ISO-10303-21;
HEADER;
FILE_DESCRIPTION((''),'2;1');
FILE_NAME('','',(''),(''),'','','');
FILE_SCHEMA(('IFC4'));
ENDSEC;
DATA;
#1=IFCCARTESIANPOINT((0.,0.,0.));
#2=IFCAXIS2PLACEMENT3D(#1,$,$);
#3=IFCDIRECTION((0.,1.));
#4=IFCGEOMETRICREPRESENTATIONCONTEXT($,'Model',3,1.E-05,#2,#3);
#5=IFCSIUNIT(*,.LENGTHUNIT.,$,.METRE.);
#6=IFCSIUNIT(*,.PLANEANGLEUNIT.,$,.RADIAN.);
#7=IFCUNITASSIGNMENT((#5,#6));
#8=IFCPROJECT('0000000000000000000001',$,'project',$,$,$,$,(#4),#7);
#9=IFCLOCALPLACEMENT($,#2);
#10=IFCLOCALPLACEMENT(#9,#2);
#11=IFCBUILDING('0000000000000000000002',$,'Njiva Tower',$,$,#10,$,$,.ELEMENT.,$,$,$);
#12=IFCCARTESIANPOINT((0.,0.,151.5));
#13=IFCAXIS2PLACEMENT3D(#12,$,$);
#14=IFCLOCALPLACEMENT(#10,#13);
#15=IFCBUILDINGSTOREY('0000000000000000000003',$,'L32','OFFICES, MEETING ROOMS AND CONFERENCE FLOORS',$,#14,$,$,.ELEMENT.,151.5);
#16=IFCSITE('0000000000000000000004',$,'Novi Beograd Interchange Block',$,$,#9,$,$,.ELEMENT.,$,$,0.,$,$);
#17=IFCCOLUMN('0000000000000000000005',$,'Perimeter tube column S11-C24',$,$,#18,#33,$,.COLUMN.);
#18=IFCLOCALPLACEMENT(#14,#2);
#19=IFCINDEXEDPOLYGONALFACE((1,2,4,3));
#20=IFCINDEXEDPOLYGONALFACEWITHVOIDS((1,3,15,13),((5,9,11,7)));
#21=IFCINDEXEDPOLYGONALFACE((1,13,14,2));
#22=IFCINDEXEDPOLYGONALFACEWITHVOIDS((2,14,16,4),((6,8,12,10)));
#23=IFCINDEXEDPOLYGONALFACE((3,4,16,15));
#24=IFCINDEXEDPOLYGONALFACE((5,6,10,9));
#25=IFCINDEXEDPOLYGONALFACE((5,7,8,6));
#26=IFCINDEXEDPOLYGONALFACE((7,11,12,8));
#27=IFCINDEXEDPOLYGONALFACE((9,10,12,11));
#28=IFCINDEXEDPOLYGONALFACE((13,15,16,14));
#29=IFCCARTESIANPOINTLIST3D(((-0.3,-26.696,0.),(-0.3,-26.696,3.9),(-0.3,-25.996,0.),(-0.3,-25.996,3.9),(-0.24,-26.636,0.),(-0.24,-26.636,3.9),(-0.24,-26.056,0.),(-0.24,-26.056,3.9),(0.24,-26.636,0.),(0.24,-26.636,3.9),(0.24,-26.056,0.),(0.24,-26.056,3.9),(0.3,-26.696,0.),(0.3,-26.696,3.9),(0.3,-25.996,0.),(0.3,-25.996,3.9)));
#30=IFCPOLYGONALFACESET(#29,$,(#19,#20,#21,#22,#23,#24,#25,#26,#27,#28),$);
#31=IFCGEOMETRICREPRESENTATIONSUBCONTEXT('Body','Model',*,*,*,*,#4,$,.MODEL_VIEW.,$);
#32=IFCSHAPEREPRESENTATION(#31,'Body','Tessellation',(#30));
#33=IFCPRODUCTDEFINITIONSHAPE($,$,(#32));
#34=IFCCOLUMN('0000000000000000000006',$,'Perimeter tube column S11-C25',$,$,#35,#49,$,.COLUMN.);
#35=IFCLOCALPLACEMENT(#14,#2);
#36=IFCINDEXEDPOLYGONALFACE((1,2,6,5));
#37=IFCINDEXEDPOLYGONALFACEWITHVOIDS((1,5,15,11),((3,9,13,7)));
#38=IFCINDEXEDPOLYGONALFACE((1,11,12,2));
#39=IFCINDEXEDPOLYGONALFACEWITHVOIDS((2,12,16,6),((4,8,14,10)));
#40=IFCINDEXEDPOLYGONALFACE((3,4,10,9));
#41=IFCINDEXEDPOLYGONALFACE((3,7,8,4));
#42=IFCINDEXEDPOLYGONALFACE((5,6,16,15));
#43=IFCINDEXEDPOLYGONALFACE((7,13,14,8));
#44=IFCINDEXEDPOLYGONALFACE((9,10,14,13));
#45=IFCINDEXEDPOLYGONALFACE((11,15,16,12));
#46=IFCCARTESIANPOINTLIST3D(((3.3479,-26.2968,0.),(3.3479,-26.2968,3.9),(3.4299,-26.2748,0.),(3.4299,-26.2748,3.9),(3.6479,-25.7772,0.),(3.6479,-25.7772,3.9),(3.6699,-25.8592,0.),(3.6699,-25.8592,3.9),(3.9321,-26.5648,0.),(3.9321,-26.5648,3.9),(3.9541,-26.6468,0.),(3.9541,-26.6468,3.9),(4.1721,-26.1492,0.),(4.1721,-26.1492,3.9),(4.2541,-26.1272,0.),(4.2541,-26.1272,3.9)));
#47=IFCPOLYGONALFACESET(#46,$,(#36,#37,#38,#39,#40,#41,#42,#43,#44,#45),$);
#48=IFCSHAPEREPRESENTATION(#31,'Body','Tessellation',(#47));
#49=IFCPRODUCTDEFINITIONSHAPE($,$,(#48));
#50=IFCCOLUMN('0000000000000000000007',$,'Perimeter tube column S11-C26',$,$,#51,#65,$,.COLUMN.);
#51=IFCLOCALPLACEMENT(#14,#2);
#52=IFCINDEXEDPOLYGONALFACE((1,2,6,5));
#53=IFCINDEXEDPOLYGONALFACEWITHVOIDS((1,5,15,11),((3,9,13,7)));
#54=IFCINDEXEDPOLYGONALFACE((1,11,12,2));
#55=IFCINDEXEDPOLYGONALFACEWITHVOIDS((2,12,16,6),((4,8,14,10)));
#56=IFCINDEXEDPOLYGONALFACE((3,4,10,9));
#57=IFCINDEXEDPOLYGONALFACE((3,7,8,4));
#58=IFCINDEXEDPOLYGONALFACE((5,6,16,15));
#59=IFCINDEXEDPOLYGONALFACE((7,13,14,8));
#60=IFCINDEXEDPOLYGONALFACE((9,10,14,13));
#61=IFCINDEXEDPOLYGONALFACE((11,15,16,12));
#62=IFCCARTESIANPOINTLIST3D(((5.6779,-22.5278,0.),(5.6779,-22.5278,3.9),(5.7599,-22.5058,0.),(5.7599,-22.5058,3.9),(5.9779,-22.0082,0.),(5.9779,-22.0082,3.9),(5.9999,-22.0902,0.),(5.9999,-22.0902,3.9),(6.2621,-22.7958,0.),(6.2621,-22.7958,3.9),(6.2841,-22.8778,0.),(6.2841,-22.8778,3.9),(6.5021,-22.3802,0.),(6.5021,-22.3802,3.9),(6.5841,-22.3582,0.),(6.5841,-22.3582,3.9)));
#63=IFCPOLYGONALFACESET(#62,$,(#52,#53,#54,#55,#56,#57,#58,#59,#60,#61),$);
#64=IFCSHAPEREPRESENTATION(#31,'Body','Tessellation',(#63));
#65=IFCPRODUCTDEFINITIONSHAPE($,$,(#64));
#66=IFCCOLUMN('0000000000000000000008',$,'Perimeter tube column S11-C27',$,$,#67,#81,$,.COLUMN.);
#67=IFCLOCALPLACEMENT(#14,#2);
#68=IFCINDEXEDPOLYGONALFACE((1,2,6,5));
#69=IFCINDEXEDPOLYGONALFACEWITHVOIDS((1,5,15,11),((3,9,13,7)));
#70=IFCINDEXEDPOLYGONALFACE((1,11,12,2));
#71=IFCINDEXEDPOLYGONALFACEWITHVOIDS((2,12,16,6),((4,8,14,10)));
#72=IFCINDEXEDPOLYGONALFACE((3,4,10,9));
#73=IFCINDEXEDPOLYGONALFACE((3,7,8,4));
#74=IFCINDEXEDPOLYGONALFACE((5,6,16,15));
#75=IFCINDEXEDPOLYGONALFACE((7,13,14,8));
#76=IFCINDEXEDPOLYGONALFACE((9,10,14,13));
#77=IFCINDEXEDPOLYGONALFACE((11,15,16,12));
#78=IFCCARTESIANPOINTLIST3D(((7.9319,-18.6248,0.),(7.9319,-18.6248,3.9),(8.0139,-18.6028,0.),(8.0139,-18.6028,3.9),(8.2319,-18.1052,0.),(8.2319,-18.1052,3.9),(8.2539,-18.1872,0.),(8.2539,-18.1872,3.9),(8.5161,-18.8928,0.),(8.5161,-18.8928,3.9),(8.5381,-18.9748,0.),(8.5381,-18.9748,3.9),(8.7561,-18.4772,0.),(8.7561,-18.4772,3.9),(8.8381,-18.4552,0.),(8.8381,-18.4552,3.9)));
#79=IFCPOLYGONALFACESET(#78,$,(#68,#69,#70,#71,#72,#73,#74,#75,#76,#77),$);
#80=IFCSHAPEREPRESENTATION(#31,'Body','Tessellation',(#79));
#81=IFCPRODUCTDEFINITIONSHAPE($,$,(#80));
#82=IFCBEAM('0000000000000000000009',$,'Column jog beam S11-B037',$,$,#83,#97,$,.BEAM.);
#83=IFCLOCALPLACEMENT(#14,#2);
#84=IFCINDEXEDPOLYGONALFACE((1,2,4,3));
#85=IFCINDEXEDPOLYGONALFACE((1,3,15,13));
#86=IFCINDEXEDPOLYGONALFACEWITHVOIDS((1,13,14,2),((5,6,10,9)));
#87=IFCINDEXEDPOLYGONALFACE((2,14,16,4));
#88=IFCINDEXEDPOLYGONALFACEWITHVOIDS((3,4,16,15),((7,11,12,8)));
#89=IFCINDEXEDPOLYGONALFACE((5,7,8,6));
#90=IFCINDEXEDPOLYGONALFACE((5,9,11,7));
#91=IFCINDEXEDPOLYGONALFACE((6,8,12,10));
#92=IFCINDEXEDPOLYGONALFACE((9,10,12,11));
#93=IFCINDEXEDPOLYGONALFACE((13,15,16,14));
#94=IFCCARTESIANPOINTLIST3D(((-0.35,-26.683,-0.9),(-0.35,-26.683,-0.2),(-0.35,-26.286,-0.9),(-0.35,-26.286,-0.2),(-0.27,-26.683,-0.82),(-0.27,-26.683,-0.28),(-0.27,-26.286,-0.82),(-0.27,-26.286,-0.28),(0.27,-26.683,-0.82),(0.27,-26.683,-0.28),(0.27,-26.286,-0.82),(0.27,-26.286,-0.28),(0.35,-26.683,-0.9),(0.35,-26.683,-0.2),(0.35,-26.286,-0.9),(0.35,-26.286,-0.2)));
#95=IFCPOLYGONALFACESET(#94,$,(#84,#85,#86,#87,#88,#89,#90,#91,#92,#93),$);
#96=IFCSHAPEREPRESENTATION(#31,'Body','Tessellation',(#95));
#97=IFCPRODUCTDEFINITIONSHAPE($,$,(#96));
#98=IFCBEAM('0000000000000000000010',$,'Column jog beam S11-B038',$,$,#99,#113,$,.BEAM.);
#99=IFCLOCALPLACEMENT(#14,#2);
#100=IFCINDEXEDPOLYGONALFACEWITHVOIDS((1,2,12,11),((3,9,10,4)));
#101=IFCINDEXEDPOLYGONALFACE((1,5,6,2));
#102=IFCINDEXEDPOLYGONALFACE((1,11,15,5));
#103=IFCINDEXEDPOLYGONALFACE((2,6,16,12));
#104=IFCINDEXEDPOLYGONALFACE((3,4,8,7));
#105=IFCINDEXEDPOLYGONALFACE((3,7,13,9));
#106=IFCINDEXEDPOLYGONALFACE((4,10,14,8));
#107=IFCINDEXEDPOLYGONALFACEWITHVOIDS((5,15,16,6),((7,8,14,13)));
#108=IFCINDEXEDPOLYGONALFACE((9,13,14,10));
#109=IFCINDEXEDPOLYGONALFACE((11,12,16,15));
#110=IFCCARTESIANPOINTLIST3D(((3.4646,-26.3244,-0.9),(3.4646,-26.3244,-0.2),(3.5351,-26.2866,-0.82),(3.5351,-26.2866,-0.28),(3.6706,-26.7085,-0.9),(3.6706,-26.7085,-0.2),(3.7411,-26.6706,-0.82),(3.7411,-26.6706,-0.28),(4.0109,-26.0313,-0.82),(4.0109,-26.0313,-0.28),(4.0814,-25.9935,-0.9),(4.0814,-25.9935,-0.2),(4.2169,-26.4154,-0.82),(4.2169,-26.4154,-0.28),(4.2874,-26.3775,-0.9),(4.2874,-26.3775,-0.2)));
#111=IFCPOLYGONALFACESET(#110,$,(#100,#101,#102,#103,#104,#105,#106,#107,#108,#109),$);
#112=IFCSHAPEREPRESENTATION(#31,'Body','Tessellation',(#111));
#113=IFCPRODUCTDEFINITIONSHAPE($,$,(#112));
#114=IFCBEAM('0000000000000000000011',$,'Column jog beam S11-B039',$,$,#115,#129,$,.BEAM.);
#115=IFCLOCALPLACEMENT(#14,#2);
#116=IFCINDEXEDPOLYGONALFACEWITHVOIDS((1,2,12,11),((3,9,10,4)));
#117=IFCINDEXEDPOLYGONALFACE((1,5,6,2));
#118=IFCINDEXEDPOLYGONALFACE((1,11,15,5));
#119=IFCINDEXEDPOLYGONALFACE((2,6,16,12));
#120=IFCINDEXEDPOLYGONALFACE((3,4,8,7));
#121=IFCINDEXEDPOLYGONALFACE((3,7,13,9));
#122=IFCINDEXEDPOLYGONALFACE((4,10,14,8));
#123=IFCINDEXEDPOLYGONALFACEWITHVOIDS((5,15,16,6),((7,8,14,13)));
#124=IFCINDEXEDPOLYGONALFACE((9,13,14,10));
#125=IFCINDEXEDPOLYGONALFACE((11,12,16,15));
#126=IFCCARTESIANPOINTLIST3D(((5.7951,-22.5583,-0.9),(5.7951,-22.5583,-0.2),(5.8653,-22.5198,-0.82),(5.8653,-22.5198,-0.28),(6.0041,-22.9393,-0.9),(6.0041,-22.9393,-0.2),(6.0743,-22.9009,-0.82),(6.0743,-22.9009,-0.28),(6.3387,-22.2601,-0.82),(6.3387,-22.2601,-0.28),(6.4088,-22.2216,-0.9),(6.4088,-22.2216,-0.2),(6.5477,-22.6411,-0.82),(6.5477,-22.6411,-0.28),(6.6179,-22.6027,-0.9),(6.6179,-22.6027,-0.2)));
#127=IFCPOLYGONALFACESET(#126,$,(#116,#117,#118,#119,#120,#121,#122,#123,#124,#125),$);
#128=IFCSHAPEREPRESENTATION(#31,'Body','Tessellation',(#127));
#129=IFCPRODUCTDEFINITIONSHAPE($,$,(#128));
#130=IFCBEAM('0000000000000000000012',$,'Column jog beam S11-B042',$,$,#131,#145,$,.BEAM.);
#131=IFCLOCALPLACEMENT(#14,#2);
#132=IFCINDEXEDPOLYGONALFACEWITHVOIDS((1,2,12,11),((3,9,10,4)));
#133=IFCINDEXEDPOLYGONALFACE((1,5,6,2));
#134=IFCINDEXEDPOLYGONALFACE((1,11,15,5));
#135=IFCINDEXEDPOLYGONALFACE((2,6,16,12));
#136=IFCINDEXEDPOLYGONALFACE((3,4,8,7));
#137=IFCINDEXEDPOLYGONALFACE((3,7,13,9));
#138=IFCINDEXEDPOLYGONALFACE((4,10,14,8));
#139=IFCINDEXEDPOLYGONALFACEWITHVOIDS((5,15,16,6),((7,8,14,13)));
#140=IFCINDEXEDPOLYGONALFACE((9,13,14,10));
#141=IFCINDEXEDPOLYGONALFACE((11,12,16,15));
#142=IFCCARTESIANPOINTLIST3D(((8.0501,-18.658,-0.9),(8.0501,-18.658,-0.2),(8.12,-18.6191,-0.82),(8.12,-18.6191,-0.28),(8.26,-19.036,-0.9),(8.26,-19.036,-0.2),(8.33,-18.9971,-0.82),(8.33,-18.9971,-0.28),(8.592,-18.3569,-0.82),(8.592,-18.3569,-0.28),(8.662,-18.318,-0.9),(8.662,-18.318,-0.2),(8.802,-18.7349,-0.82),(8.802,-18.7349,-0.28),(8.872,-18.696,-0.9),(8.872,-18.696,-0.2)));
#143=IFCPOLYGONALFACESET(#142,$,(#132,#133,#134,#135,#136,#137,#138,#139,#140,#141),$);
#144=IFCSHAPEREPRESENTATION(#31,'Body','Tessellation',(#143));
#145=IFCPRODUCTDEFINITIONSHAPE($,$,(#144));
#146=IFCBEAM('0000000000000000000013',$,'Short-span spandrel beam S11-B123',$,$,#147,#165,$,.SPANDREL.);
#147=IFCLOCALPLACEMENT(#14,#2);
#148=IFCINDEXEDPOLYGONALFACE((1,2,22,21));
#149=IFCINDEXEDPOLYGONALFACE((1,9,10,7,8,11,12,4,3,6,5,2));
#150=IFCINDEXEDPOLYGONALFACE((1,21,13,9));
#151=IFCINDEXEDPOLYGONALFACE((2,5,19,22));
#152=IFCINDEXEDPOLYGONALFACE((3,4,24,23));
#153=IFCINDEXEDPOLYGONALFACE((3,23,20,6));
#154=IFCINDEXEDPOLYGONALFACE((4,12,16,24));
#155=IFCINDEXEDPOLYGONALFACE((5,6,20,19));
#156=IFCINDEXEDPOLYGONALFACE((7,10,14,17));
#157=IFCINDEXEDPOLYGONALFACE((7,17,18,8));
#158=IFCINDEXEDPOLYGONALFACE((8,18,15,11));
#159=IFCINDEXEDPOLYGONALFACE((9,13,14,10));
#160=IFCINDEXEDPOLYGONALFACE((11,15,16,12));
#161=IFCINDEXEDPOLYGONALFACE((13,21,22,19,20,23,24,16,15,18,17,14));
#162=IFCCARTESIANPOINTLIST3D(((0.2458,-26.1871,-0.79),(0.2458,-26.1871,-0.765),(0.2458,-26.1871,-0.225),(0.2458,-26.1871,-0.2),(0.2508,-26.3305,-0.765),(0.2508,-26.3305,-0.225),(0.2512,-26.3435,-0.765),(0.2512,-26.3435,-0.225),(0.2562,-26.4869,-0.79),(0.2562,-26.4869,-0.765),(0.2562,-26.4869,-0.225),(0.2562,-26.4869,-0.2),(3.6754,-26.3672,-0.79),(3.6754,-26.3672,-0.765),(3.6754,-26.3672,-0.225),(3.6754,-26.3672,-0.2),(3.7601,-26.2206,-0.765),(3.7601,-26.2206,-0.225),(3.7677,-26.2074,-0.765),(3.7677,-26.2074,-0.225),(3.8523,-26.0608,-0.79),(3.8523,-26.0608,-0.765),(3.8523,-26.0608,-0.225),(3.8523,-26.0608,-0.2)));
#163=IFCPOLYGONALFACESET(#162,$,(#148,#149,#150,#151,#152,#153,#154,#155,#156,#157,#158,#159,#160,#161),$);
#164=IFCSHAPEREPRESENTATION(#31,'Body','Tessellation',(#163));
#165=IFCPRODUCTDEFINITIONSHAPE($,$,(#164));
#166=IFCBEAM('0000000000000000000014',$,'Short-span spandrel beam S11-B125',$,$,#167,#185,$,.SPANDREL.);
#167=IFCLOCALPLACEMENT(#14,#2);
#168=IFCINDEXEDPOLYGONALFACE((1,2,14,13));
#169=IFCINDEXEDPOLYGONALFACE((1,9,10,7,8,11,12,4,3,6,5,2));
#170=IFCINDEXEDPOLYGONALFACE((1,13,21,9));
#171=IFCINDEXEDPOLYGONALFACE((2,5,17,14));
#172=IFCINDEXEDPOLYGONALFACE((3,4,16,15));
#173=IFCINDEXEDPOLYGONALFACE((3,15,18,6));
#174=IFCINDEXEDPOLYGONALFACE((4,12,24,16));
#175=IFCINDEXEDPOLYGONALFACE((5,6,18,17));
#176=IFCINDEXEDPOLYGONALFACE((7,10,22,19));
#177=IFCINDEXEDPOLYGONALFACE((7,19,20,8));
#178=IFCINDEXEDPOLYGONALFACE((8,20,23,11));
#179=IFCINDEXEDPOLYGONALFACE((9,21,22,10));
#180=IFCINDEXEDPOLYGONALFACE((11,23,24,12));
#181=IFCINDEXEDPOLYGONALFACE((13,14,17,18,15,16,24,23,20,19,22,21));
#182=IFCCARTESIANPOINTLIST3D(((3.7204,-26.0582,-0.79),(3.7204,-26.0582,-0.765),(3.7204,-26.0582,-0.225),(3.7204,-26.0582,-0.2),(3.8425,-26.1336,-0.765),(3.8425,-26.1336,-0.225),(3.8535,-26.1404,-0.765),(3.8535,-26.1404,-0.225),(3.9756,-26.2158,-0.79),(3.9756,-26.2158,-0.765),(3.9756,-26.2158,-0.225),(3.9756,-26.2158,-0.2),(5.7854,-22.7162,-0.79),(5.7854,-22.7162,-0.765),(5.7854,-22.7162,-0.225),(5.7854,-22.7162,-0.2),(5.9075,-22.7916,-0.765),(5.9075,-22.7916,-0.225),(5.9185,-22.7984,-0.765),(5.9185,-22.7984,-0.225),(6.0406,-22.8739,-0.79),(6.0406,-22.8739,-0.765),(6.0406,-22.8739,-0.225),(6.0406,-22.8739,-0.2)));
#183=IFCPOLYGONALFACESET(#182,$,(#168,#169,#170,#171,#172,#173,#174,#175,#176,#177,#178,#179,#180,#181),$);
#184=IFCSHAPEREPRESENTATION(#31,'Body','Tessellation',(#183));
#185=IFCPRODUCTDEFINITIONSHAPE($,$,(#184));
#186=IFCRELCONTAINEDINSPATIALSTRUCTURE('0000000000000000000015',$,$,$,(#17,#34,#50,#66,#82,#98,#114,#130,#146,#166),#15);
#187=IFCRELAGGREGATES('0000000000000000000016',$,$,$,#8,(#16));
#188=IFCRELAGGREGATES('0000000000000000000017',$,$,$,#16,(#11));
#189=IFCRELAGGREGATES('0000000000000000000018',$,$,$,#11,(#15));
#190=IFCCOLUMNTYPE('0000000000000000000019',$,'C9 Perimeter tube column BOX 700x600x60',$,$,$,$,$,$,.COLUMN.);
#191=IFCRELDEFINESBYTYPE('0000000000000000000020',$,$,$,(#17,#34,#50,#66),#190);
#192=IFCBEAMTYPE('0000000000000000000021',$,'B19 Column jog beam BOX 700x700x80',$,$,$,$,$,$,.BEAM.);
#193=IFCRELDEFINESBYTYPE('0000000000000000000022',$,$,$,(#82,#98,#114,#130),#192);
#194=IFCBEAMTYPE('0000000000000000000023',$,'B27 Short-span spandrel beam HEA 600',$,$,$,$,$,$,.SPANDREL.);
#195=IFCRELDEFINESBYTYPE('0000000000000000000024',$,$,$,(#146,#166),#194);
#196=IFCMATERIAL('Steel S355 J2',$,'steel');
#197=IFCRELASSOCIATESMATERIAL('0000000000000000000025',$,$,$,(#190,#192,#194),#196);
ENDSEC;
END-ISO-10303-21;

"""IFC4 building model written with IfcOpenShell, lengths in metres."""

from ifc_helpers import new_model, si_unit, direction, frame, origin, origin_2d, place, context, subcontext, project, spatial, hollow_rectangle, i_section, extrude, clip, halfspace, material, material_profile, profile_set, type_object, element, save


model = new_model("IFC4")

# Units and contexts
model_context = context("Model", 3, precision=1e-05, world=origin(), true_north=direction((0.0, 1.0)))
body_context = subcontext(model_context, "Body", "Model", "MODEL_VIEW")
ifc_project = project(units=[si_unit("LENGTHUNIT", "METRE"), si_unit("PLANEANGLEUNIT", "RADIAN")], contexts=[model_context])

# Site, building, storey
site_placement = place(None, origin())
site = spatial("IfcSite", under=ifc_project, at=site_placement, Name="Novi Beograd Interchange Block", CompositionType="ELEMENT", RefElevation=0.0)
building_placement = place(site_placement, origin())
building = spatial("IfcBuilding", under=site, at=building_placement, Name="Njiva Tower", CompositionType="ELEMENT")
storey_placement = place(building_placement, frame((0.0, 0.0, 151.5)))
storey = spatial("IfcBuildingStorey", under=building, at=storey_placement, Name="L32", Description="OFFICES, MEETING ROOMS AND CONFERENCE FLOORS", CompositionType="ELEMENT", Elevation=151.5)

# Columns
ifc_material_1 = material(Name="Steel S355 J2", Category="steel")
ifc_material_profile_1 = material_profile(ifc_material_1, hollow_rectangle(XDim=0.6, YDim=0.7, WallThickness=0.06, at=origin_2d()), Name="BOX 700x600x60")
ifc_profile_set_1 = profile_set([ifc_material_profile_1], Name="Steel S355 J2")
column_type = type_object("IfcColumnType", Name="C9 Perimeter tube column BOX 700x600x60", PredefinedType="COLUMN", material=ifc_profile_set_1)
for number, where, z_axis, x_axis, name in (
    (1, (0.0, -26.346, 0.0), (0.0, 0.0, 1.0), (1.0, 0.0, 0.0), "Perimeter tube column S11-C24"),
    (2, (3.801, -26.212, 0.0), (0.0, 0.0, 1.0), (0.5, 0.866025, 0.0), "Perimeter tube column S11-C25"),
    (3, (6.131, -22.443, 0.0), (0.0, 0.0, 1.0), (0.5, 0.866025, 0.0), "Perimeter tube column S11-C26"),
    (4, (8.385, -18.54, 0.0), (0.0, 0.0, 1.0), (0.5, 0.866025, 0.0), "Perimeter tube column S11-C27"),
):
    element("IfcColumn", number, at=place(storey_placement, frame(where, z_axis=z_axis, x_axis=x_axis)), inside=storey, type_object=column_type, Name=name, PredefinedType="COLUMN", context=body_context, shape_type="SweptSolid", body=[
        extrude(hollow_rectangle(XDim=0.6, YDim=0.7, WallThickness=0.06, at=origin_2d()), origin(), (0.0, 0.0, 1.0), 3.9),
    ])

# Beams
ifc_material_profile_2 = material_profile(ifc_material_1, hollow_rectangle(XDim=0.7, YDim=0.7, WallThickness=0.08, at=origin_2d()), Name="BOX 700x700x80")
ifc_profile_set_2 = profile_set([ifc_material_profile_2], Name="Steel S355 J2")
beam_type_1 = type_object("IfcBeamType", Name="B19 Column jog beam BOX 700x700x80", PredefinedType="BEAM", material=ifc_profile_set_2)
beam_1_placement = place(storey_placement, frame((0.0, -26.683, -0.55), z_axis=(0.0, 1.0, 0.0), x_axis=(-1.0, 0.0, 0.0)))
element("IfcBeam", 5, at=beam_1_placement, inside=storey, type_object=beam_type_1, Name="Column jog beam S11-B037", PredefinedType="BEAM", context=body_context, shape_type="SweptSolid", body=[
    extrude(hollow_rectangle(XDim=0.7, YDim=0.7, WallThickness=0.08, at=origin_2d()), origin(), (0.0, 0.0, 1.0), 0.397),
])
beam_2_placement = place(storey_placement, frame((3.979, -26.543, -0.55), z_axis=(-0.472731, 0.881207, 0.0), x_axis=(-0.881207, -0.472731, 0.0)))
element("IfcBeam", 6, at=beam_2_placement, inside=storey, type_object=beam_type_1, Name="Column jog beam S11-B038", PredefinedType="BEAM", context=body_context, shape_type="SweptSolid", body=[
    extrude(hollow_rectangle(XDim=0.7, YDim=0.7, WallThickness=0.08, at=origin_2d()), origin(), (0.0, 0.0, 1.0), 0.4358),
])
beam_3_placement = place(storey_placement, frame((6.311, -22.771, -0.55), z_axis=(-0.480947, 0.87675, 0.0), x_axis=(-0.87675, -0.480947, 0.0)))
element("IfcBeam", 7, at=beam_3_placement, inside=storey, type_object=beam_type_1, Name="Column jog beam S11-B039", PredefinedType="BEAM", context=body_context, shape_type="SweptSolid", body=[
    extrude(hollow_rectangle(XDim=0.7, YDim=0.7, WallThickness=0.08, at=origin_2d()), origin(), (0.0, 0.0, 1.0), 0.4346),
])
beam_4_placement = place(storey_placement, frame((8.566, -18.866, -0.55), z_axis=(-0.485643, 0.874157, 0.0), x_axis=(-0.874157, -0.485643, 0.0)))
element("IfcBeam", 8, at=beam_4_placement, inside=storey, type_object=beam_type_1, Name="Column jog beam S11-B042", PredefinedType="BEAM", context=body_context, shape_type="SweptSolid", body=[
    extrude(hollow_rectangle(XDim=0.7, YDim=0.7, WallThickness=0.08, at=origin_2d()), origin(), (0.0, 0.0, 1.0), 0.4324),
])
ifc_material_profile_3 = material_profile(ifc_material_1, i_section(OverallWidth=0.3, OverallDepth=0.59, WebThickness=0.013, FlangeThickness=0.025, at=origin_2d()), Name="HEA 600")
ifc_profile_set_3 = profile_set([ifc_material_profile_3], Name="Steel S355 J2")
beam_type_2 = type_object("IfcBeamType", Name="B27 Short-span spandrel beam HEA 600", PredefinedType="SPANDREL", material=ifc_profile_set_3)
beam_5_placement = place(storey_placement, frame((0.251, -26.337, -0.495), z_axis=(0.999388, 0.034991, 0.0), x_axis=(-0.034991, 0.999388, 0.0)))
element("IfcBeam", 9, at=beam_5_placement, inside=storey, type_object=beam_type_2, Name="Short-span spandrel beam S11-B123", PredefinedType="SPANDREL", context=body_context, shape_type="Clipping", body=[
    clip(extrude(i_section(OverallWidth=0.3, OverallDepth=0.59, WebThickness=0.013, FlangeThickness=0.025, at=origin_2d()), origin(), (0.0, 0.0, 1.0), 3.6292), halfspace(frame((-0.0263, 0.0, 3.4986), z_axis=(-0.529995, 0.0, 0.848001), x_axis=(0.0, 1.0, 0.0)), False)),
])
beam_6_placement = place(storey_placement, frame((3.848, -26.137, -0.495), z_axis=(0.525645, 0.850704, 0.0), x_axis=(-0.850704, 0.525645, 0.0)))
element("IfcBeam", 10, at=beam_6_placement, inside=storey, type_object=beam_type_2, Name="Short-span spandrel beam S11-B125", PredefinedType="SPANDREL", context=body_context, shape_type="SweptSolid", body=[
    extrude(i_section(OverallWidth=0.3, OverallDepth=0.59, WebThickness=0.013, FlangeThickness=0.025, at=origin_2d()), origin(), (0.0, 0.0, 1.0), 3.9285),
])

save(model, "model.ifc")
